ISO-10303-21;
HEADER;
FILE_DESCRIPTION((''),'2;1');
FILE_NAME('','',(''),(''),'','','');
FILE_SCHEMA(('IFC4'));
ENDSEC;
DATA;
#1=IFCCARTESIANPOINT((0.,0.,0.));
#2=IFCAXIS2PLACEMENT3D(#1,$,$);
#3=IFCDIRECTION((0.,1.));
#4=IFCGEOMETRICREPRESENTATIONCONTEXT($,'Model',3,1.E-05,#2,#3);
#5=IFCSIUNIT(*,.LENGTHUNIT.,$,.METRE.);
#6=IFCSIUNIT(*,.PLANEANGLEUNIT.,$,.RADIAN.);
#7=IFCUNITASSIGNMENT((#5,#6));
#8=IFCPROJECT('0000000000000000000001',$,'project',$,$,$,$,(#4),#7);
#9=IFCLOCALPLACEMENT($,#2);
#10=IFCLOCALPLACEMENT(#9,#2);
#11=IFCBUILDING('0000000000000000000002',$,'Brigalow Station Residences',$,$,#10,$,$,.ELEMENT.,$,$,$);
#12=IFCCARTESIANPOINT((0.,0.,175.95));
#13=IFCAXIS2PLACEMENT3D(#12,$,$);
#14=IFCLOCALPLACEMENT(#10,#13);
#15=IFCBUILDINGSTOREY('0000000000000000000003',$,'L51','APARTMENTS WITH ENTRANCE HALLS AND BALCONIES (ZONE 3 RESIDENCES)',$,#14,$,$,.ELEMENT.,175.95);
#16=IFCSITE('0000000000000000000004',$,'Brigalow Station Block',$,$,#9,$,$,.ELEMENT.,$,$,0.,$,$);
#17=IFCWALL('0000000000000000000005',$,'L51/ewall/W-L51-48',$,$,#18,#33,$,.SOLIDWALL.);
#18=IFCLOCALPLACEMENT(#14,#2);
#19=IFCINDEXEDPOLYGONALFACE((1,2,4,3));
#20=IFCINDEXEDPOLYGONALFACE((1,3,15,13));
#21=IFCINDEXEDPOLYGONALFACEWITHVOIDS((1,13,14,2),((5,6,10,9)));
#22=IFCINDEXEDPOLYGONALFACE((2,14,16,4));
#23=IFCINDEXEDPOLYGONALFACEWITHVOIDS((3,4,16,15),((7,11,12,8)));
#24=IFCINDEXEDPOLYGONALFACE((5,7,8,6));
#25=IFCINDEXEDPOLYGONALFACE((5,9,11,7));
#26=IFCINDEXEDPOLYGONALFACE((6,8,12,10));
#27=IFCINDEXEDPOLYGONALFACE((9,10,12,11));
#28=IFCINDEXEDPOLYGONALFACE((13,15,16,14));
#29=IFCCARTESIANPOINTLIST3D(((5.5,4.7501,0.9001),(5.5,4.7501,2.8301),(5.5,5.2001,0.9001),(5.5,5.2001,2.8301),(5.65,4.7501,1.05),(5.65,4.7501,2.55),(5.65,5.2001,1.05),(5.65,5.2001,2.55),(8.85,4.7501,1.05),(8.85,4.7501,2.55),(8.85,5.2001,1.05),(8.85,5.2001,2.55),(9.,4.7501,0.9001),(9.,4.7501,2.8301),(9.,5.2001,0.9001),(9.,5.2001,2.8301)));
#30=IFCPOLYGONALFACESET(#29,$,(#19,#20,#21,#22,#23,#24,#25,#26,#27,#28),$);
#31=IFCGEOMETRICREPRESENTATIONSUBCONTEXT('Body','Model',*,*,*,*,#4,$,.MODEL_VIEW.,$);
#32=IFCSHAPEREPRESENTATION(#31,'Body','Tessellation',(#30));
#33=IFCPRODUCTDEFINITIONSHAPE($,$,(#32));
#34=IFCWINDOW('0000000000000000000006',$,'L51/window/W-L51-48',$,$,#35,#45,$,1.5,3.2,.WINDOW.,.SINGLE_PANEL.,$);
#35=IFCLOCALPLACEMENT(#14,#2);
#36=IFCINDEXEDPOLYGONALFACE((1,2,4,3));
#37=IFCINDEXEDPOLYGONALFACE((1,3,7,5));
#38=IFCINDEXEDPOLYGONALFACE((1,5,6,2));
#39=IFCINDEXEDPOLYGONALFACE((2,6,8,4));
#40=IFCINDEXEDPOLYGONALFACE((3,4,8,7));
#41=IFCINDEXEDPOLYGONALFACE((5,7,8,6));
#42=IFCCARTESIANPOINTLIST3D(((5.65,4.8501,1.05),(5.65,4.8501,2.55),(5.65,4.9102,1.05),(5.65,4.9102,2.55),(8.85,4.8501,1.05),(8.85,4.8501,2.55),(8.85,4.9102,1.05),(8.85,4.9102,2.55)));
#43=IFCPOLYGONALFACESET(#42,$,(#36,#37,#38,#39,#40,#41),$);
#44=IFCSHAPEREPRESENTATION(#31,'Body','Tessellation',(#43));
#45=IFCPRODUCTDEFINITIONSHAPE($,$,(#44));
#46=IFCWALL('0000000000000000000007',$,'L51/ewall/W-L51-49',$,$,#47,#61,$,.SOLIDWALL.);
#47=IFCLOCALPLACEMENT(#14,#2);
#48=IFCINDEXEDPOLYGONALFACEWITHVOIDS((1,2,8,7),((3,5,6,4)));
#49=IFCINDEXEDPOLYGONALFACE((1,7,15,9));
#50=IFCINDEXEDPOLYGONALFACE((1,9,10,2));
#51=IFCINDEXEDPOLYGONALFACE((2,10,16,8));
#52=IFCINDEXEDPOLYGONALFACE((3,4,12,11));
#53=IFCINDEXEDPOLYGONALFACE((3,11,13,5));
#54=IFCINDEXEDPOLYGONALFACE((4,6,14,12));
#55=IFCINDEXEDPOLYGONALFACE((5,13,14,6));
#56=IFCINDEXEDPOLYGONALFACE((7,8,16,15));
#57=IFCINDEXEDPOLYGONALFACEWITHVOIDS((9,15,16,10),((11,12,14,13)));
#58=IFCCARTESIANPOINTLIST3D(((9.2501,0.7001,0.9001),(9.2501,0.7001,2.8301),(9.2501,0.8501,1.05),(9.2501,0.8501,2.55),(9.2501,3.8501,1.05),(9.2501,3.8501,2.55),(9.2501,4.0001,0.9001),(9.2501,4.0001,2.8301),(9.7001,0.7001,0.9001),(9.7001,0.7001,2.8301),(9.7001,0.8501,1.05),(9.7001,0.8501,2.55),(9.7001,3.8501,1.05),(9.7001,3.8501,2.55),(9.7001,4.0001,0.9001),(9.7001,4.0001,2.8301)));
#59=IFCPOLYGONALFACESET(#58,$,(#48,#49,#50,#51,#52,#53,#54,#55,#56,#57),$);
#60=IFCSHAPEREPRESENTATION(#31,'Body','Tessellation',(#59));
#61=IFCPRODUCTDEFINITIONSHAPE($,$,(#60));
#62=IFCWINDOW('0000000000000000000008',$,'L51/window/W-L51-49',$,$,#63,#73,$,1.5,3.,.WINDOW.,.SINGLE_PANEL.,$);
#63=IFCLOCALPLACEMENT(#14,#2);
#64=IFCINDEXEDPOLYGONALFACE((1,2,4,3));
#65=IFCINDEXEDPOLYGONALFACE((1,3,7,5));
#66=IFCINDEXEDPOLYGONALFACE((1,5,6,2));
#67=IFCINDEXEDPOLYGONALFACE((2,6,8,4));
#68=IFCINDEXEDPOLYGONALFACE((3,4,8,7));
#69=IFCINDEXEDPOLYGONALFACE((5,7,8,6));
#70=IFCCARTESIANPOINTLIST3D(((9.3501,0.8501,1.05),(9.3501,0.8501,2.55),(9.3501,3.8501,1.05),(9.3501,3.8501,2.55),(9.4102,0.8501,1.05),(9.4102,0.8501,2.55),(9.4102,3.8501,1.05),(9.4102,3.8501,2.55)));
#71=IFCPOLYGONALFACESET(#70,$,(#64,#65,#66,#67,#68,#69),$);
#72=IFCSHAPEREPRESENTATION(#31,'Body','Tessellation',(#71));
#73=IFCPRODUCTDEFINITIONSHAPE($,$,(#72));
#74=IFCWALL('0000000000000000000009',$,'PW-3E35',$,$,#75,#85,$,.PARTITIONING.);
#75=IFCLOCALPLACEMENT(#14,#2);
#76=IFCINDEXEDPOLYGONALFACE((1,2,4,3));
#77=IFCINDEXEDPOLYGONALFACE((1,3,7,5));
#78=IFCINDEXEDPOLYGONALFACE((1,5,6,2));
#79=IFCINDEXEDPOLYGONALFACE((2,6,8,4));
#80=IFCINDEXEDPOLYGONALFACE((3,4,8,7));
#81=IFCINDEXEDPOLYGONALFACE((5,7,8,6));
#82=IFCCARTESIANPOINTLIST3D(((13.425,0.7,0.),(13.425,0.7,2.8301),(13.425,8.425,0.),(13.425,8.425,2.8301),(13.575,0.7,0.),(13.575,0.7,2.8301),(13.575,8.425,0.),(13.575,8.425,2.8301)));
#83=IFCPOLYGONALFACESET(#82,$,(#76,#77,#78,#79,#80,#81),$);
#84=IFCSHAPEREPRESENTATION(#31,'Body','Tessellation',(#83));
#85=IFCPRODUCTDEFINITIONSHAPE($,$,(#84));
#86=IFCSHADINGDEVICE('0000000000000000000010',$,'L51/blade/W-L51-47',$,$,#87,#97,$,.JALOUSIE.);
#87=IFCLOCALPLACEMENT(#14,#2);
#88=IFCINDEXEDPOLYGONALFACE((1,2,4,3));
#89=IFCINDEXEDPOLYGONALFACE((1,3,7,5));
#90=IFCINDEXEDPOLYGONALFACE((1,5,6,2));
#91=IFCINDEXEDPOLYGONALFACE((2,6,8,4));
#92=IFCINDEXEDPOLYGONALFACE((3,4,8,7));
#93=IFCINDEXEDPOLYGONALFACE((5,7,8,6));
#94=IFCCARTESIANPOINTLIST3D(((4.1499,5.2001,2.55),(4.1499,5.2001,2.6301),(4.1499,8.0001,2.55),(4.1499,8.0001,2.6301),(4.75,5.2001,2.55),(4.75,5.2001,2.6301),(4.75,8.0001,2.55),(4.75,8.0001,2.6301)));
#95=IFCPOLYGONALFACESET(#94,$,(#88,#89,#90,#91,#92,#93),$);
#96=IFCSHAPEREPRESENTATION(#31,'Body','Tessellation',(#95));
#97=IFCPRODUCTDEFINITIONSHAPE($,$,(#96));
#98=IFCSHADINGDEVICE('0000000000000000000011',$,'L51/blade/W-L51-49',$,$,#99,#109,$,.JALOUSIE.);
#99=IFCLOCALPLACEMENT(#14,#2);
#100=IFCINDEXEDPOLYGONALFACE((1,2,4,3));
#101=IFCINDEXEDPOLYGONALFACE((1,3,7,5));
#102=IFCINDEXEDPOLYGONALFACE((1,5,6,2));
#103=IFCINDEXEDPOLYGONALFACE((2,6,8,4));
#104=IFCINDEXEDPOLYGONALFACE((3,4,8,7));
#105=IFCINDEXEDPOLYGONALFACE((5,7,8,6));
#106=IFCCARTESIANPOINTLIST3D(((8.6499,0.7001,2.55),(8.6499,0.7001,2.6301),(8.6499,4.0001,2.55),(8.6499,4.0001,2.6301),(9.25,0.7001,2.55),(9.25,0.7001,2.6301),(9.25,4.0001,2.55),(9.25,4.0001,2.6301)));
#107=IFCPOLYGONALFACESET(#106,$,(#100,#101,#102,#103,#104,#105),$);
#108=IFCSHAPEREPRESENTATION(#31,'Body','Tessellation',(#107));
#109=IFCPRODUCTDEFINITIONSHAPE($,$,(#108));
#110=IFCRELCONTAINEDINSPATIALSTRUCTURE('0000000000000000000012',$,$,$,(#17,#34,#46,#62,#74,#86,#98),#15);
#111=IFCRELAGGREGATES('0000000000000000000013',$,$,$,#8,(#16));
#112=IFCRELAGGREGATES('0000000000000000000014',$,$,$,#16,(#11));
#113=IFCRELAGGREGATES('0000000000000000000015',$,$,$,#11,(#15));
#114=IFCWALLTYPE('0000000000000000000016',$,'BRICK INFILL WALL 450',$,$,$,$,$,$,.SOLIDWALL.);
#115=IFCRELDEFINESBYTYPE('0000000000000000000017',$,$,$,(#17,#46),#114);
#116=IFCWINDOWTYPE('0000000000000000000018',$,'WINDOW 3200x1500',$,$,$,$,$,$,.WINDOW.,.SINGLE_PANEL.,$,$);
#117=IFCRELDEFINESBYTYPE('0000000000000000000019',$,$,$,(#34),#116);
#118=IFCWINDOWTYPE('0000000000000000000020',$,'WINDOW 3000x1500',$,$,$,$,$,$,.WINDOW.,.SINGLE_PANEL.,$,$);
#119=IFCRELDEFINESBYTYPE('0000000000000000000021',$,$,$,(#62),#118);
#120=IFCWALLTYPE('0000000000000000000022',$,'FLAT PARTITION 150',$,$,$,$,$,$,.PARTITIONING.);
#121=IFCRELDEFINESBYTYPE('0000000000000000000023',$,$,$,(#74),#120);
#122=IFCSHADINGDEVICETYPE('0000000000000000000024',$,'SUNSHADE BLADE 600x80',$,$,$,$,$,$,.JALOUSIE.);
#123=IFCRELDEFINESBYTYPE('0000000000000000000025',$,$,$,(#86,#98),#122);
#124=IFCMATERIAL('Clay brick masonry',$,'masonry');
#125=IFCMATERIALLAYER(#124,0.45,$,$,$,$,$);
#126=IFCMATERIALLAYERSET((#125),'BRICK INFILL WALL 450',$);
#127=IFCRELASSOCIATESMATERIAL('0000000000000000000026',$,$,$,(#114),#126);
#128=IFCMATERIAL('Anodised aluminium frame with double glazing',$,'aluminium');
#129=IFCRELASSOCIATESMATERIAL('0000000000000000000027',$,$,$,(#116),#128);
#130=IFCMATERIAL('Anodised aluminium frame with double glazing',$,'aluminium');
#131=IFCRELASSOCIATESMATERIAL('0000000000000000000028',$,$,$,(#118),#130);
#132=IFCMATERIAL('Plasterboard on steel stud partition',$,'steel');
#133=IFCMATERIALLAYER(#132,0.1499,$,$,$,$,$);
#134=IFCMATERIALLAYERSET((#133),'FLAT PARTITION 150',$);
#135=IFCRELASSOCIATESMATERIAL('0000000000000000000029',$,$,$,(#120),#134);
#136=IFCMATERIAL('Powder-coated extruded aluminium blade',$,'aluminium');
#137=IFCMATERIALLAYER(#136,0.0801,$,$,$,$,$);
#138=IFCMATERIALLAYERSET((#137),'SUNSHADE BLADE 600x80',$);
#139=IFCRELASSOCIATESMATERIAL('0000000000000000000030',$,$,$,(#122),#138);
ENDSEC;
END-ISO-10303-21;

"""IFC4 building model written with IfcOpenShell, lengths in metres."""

from ifc_helpers import new_model, si_unit, direction, frame, frame_2d, origin, origin_2d, place, context, subcontext, project, spatial, rectangle, extrude, material, layer, layer_set, type_object, element, fill, save


model = new_model("IFC4")

# Units and contexts
model_context = context("Model", 3, precision=1e-05, world=origin(), true_north=direction((0.0, 1.0)))
body_context = subcontext(model_context, "Body", "Model", "MODEL_VIEW")
ifc_project = project(units=[si_unit("LENGTHUNIT", "METRE"), si_unit("PLANEANGLEUNIT", "RADIAN")], contexts=[model_context])

# Site, building, storey
site_placement = place(None, origin())
site = spatial("IfcSite", under=ifc_project, at=site_placement, Name="Brigalow Station Block", CompositionType="ELEMENT", RefElevation=0.0)
building_placement = place(site_placement, origin())
building = spatial("IfcBuilding", under=site, at=building_placement, Name="Brigalow Station Residences", CompositionType="ELEMENT")
storey_placement = place(building_placement, frame((0.0, 0.0, 175.95)))
storey = spatial("IfcBuildingStorey", under=building, at=storey_placement, Name="L51", Description="APARTMENTS WITH ENTRANCE HALLS AND BALCONIES (ZONE 3 RESIDENCES)", CompositionType="ELEMENT", Elevation=175.95)

# Walls, openings, windows
ifc_material_1 = material(Name="Clay brick masonry", Category="masonry")
ifc_layer_1 = layer(ifc_material_1, 0.45)
ifc_layer_set_1 = layer_set([ifc_layer_1], Name="BRICK INFILL WALL 450")
wall_type_1 = type_object("IfcWallType", Name="BRICK INFILL WALL 450", PredefinedType="SOLIDWALL", material=ifc_layer_set_1)
wall_1_placement = place(storey_placement, frame((5.5, 4.9751, 0.9001), z_axis=(0.0, 0.0, 1.0), x_axis=(1.0, 0.0, 0.0)))
wall_1 = element("IfcWall", 1, at=wall_1_placement, inside=storey, type_object=wall_type_1, Name="L51/ewall/W-L51-48", PredefinedType="SOLIDWALL", context=body_context, shape_type="SweptSolid", body=[
    extrude(rectangle(XDim=3.5, YDim=0.45, at=frame_2d((1.75, 0.0))), origin(), (0.0, 0.0, 1.0), 1.9299),
])
opening_1_placement = place(wall_1_placement, frame((0.1499, 0.0, 0.1499)))
opening_1 = element("IfcOpeningElement", 2, at=opening_1_placement, cuts=wall_1, PredefinedType="OPENING", context=body_context, shape_type="SweptSolid", body=[
    extrude(rectangle(XDim=3.2, YDim=1.5, at=frame_2d((1.6001, 0.75))), frame((0.0, 0.2349, 0.0), z_axis=(0.0, -1.0, 0.0), x_axis=(1.0, 0.0, 0.0)), (0.0, 0.0, 1.0), 0.47),
])
ifc_material_2 = material(Name="Anodised aluminium frame with double glazing", Category="aluminium")
window_type_1 = type_object("IfcWindowType", Name="WINDOW 3200x1500", PartitioningType="SINGLE_PANEL", PredefinedType="WINDOW", material=ifc_material_2)
window_1_placement = place(opening_1_placement, origin())
window_1 = element("IfcWindow", 3, at=window_1_placement, inside=storey, type_object=window_type_1, Name="L51/window/W-L51-48", OverallHeight=1.5, OverallWidth=3.2, PartitioningType="SINGLE_PANEL", PredefinedType="WINDOW", context=body_context, shape_type="SweptSolid", body=[
    extrude(rectangle(XDim=3.2, YDim=1.5, at=frame_2d((1.6001, 0.75))), frame((0.0, -0.0649, 0.0), z_axis=(0.0, -1.0, 0.0), x_axis=(1.0, 0.0, 0.0)), (0.0, 0.0, 1.0), 0.0601),
])
fill(opening_1, window_1)
wall_2_placement = place(storey_placement, frame((9.4751, 4.0, 0.9001), z_axis=(0.0, 0.0, 1.0), x_axis=(0.0, -1.0, 0.0)))
wall_2 = element("IfcWall", 4, at=wall_2_placement, inside=storey, type_object=wall_type_1, Name="L51/ewall/W-L51-49", PredefinedType="SOLIDWALL", context=body_context, shape_type="SweptSolid", body=[
    extrude(rectangle(XDim=3.3, YDim=0.45, at=frame_2d((1.6499, 0.0))), origin(), (0.0, 0.0, 1.0), 1.9299),
])
opening_2_placement = place(wall_2_placement, frame((0.1499, 0.0, 0.1499)))
opening_2 = element("IfcOpeningElement", 5, at=opening_2_placement, cuts=wall_2, PredefinedType="OPENING", context=body_context, shape_type="SweptSolid", body=[
    extrude(rectangle(XDim=3.0, YDim=1.5, at=frame_2d((1.5, 0.75))), frame((0.0, 0.2349, 0.0), z_axis=(0.0, -1.0, 0.0), x_axis=(1.0, 0.0, 0.0)), (0.0, 0.0, 1.0), 0.47),
])
ifc_material_3 = material(Name="Anodised aluminium frame with double glazing", Category="aluminium")
window_type_2 = type_object("IfcWindowType", Name="WINDOW 3000x1500", PartitioningType="SINGLE_PANEL", PredefinedType="WINDOW", material=ifc_material_3)
window_2_placement = place(opening_2_placement, origin())
window_2 = element("IfcWindow", 6, at=window_2_placement, inside=storey, type_object=window_type_2, Name="L51/window/W-L51-49", OverallHeight=1.5, OverallWidth=3.0, PartitioningType="SINGLE_PANEL", PredefinedType="WINDOW", context=body_context, shape_type="SweptSolid", body=[
    extrude(rectangle(XDim=3.0, YDim=1.5, at=frame_2d((1.5, 0.75))), frame((0.0, -0.0649, 0.0), z_axis=(0.0, -1.0, 0.0), x_axis=(1.0, 0.0, 0.0)), (0.0, 0.0, 1.0), 0.0601),
])
fill(opening_2, window_2)

# Wall
ifc_material_4 = material(Name="Plasterboard on steel stud partition", Category="steel")
ifc_layer_2 = layer(ifc_material_4, 0.1499)
ifc_layer_set_2 = layer_set([ifc_layer_2], Name="FLAT PARTITION 150")
wall_type_2 = type_object("IfcWallType", Name="FLAT PARTITION 150", PredefinedType="PARTITIONING", material=ifc_layer_set_2)
wall_3_placement = place(storey_placement, frame((13.5, 0.7, 0.0), z_axis=(0.0, 0.0, 1.0), x_axis=(0.0, 1.0, 0.0)))
element("IfcWall", 7, at=wall_3_placement, inside=storey, type_object=wall_type_2, Name="PW-3E35", PredefinedType="PARTITIONING", context=body_context, shape_type="SweptSolid", body=[
    extrude(rectangle(XDim=7.7251, YDim=0.1499, at=frame_2d((3.8625, 0.0))), origin(), (0.0, 0.0, 1.0), 2.8301),
])

# Shading devices
ifc_material_5 = material(Name="Powder-coated extruded aluminium blade", Category="aluminium")
ifc_layer_3 = layer(ifc_material_5, 0.0801)
ifc_layer_set_3 = layer_set([ifc_layer_3], Name="SUNSHADE BLADE 600x80")
shading_device_type = type_object("IfcShadingDeviceType", Name="SUNSHADE BLADE 600x80", PredefinedType="JALOUSIE", material=ifc_layer_set_3)
shading_device_1_placement = place(storey_placement, frame((4.45, 6.6001, 2.55), z_axis=(0.0, 0.0, 1.0), x_axis=(0.0, -1.0, 0.0)))
element("IfcShadingDevice", 8, at=shading_device_1_placement, inside=storey, type_object=shading_device_type, Name="L51/blade/W-L51-47", PredefinedType="JALOUSIE", context=body_context, shape_type="SweptSolid", body=[
    extrude(rectangle(XDim=2.8, YDim=0.6001, at=origin_2d()), origin(), (0.0, 0.0, 1.0), 0.0801),
])
shading_device_2_placement = place(storey_placement, frame((8.95, 2.3501, 2.55), z_axis=(0.0, 0.0, 1.0), x_axis=(0.0, -1.0, 0.0)))
element("IfcShadingDevice", 9, at=shading_device_2_placement, inside=storey, type_object=shading_device_type, Name="L51/blade/W-L51-49", PredefinedType="JALOUSIE", context=body_context, shape_type="SweptSolid", body=[
    extrude(rectangle(XDim=3.3, YDim=0.6001, at=origin_2d()), origin(), (0.0, 0.0, 1.0), 0.0801),
])

save(model, "model.ifc")
